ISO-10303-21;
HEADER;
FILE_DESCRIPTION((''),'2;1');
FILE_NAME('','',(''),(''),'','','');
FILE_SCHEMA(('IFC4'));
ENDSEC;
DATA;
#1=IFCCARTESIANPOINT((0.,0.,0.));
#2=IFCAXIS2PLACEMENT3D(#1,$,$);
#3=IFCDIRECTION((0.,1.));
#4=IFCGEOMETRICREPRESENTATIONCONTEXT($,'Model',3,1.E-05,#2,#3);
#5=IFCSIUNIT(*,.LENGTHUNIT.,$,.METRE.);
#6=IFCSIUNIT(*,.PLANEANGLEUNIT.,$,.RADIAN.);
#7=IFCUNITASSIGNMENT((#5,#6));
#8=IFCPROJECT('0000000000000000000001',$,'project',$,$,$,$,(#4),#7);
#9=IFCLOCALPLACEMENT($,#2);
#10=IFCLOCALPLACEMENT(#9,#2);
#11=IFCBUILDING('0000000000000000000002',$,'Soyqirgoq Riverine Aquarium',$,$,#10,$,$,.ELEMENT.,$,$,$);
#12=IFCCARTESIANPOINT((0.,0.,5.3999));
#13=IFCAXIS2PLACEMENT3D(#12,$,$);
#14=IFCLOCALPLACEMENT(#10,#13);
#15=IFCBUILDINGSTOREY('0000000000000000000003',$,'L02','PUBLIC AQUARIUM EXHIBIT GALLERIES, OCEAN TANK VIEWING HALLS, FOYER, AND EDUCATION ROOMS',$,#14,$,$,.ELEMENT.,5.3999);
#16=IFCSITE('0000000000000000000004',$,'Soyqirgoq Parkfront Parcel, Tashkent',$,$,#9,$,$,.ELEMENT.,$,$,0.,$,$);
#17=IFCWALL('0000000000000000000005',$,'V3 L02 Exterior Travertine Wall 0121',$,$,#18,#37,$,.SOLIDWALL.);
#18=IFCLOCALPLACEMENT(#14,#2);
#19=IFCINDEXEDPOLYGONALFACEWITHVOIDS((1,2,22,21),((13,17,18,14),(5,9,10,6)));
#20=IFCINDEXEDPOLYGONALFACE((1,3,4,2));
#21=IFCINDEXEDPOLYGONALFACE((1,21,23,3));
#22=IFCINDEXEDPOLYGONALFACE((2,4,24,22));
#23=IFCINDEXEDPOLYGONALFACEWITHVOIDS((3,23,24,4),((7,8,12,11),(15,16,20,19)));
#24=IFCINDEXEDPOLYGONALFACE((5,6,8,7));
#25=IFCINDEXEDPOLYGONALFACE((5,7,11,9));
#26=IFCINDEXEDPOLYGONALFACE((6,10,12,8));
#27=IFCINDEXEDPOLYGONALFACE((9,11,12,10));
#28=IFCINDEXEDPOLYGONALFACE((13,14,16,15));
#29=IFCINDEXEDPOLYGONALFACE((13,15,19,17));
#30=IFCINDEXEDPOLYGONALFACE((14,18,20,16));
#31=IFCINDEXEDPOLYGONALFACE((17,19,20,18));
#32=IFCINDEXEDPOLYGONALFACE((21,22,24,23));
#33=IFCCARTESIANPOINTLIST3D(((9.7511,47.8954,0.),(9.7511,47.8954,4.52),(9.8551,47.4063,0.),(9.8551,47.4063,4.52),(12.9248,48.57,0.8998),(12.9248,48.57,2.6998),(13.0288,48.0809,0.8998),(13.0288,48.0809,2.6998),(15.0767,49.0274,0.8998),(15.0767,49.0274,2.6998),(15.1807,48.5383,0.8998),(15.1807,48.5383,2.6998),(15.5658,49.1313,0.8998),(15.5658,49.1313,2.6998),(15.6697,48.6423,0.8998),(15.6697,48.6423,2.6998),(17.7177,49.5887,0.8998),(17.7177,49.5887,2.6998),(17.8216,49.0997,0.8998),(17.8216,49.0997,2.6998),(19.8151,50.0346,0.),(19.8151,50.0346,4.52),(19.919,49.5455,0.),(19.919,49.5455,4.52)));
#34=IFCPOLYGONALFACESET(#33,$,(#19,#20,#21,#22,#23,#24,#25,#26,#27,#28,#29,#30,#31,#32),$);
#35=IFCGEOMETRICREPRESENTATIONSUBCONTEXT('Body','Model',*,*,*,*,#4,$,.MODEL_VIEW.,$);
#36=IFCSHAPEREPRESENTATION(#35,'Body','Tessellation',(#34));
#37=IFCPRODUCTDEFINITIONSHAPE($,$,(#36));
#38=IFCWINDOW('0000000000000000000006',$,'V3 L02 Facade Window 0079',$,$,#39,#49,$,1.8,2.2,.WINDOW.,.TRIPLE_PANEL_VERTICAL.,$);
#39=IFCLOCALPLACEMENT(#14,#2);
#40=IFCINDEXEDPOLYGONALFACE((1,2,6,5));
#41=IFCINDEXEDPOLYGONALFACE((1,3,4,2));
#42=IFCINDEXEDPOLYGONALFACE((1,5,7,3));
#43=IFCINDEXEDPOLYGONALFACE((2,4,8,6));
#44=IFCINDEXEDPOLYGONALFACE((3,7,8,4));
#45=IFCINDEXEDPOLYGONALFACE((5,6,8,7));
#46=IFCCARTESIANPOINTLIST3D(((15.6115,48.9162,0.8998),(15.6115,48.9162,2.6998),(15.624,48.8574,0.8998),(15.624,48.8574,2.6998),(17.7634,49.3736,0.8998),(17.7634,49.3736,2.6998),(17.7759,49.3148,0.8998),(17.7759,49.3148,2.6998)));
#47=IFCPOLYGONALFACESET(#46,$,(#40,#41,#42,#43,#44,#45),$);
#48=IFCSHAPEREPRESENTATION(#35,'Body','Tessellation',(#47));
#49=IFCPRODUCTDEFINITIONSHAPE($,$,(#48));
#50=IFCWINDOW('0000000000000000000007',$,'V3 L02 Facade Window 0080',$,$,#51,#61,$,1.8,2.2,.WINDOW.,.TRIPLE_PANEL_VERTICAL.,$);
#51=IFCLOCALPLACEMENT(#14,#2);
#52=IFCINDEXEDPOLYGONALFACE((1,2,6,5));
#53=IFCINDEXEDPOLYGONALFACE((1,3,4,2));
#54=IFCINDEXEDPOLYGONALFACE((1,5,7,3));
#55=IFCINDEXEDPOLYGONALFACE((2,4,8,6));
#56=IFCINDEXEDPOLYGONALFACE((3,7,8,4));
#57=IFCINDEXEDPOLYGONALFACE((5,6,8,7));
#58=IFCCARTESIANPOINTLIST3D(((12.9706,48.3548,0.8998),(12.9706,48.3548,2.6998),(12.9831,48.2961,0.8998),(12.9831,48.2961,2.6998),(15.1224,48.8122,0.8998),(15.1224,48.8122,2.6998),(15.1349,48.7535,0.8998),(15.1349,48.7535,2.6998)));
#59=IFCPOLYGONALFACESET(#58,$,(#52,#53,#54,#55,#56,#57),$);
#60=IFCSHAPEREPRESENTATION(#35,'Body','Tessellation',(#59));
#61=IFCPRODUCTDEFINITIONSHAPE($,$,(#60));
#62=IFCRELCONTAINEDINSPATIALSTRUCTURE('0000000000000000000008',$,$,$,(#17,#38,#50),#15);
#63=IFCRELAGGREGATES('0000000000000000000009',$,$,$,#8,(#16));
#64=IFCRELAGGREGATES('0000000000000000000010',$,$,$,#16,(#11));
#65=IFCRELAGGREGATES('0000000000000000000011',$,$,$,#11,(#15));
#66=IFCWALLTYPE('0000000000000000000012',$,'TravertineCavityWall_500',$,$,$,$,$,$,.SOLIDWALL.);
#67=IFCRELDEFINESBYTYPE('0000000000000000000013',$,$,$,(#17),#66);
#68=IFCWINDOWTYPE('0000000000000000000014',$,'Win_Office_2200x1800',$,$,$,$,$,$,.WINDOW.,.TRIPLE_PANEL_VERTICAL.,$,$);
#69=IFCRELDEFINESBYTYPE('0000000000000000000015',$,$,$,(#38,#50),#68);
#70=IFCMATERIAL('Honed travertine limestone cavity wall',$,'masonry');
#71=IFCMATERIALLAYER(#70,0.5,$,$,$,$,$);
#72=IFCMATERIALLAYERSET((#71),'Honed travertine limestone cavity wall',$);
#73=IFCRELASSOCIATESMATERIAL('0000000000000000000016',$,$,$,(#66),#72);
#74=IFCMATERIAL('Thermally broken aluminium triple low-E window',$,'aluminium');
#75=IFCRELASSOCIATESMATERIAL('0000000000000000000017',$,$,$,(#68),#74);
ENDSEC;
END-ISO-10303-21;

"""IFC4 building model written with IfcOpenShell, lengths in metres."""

from ifc_helpers import new_model, si_unit, direction, frame, frame_2d, origin, place, context, subcontext, project, spatial, rectangle, extrude, material, layer, layer_set, type_object, element, fill, save


model = new_model("IFC4")

# Units and contexts
model_context = context("Model", 3, precision=1e-05, world=origin(), true_north=direction((0.0, 1.0)))
body_context = subcontext(model_context, "Body", "Model", "MODEL_VIEW")
ifc_project = project(units=[si_unit("LENGTHUNIT", "METRE"), si_unit("PLANEANGLEUNIT", "RADIAN")], contexts=[model_context])

# Site, building, storey
site_placement = place(None, origin())
site = spatial("IfcSite", under=ifc_project, at=site_placement, Name="Soyqirgoq Parkfront Parcel, Tashkent", CompositionType="ELEMENT", RefElevation=0.0)
building_placement = place(site_placement, origin())
building = spatial("IfcBuilding", under=site, at=building_placement, Name="Soyqirgoq Riverine Aquarium", CompositionType="ELEMENT")
storey_placement = place(building_placement, frame((0.0, 0.0, 5.3999)))
storey = spatial("IfcBuildingStorey", under=building, at=storey_placement, Name="L02", Description="PUBLIC AQUARIUM EXHIBIT GALLERIES, OCEAN TANK VIEWING HALLS, FOYER, AND EDUCATION ROOMS", CompositionType="ELEMENT", Elevation=5.3999)

# Wall, openings, windows
ifc_material_1 = material(Name="Honed travertine limestone cavity wall", Category="masonry")
ifc_layer_1 = layer(ifc_material_1, 0.5)
ifc_layer_set_1 = layer_set([ifc_layer_1], Name="Honed travertine limestone cavity wall")
wall_type_1 = type_object("IfcWallType", Name="TravertineCavityWall_500", PredefinedType="SOLIDWALL", material=ifc_layer_set_1)
wall_1_placement = place(storey_placement, frame((19.8672, 49.79, 0.0), z_axis=(0.0, 0.0, 1.0), x_axis=(-0.978148, -0.207912, 0.0)))
wall_1 = element("IfcWall", 1, at=wall_1_placement, inside=storey, type_object=wall_type_1, Name="V3 L02 Exterior Travertine Wall 0121", PredefinedType="SOLIDWALL", context=body_context, shape_type="SweptSolid", body=[
    extrude(rectangle(XDim=10.2888, YDim=0.5, at=frame_2d((5.1445, 0.0))), origin(), (0.0, 0.0, 1.0), 4.52),
])
opening_1_placement = place(wall_1_placement, frame((2.1443, 0.0, 0.8999)))
opening_1 = element("IfcOpeningElement", 2, at=opening_1_placement, cuts=wall_1, PredefinedType="OPENING", context=body_context, shape_type="SweptSolid", body=[
    extrude(rectangle(XDim=2.2, YDim=1.8, at=frame_2d((1.1001, 0.8999))), frame((0.0, 0.26, 0.0), z_axis=(0.0, -1.0, 0.0), x_axis=(1.0, 0.0, 0.0)), (0.0, 0.0, 1.0), 0.52),
])
opening_2_placement = place(wall_1_placement, frame((4.8442, 0.0, 0.8999)))
opening_2 = element("IfcOpeningElement", 3, at=opening_2_placement, cuts=wall_1, PredefinedType="OPENING", context=body_context, shape_type="SweptSolid", body=[
    extrude(rectangle(XDim=2.2, YDim=1.8, at=frame_2d((1.1001, 0.8999))), frame((0.0, 0.26, 0.0), z_axis=(0.0, -1.0, 0.0), x_axis=(1.0, 0.0, 0.0)), (0.0, 0.0, 1.0), 0.52),
])
ifc_material_2 = material(Name="Thermally broken aluminium triple low-E window", Category="aluminium")
window_type_1 = type_object("IfcWindowType", Name="Win_Office_2200x1800", PartitioningType="TRIPLE_PANEL_VERTICAL", PredefinedType="WINDOW", material=ifc_material_2)
window_1_placement = place(opening_1_placement, origin())
window_1 = element("IfcWindow", 4, at=window_1_placement, inside=storey, type_object=window_type_1, Name="V3 L02 Facade Window 0079", OverallHeight=1.8, OverallWidth=2.2, PartitioningType="TRIPLE_PANEL_VERTICAL", PredefinedType="WINDOW", context=body_context, shape_type="SweptSolid", body=[
    extrude(rectangle(XDim=2.2, YDim=1.8, at=frame_2d((1.1001, 0.8999))), frame((0.0, 0.03, 0.0), z_axis=(0.0, -1.0, 0.0), x_axis=(1.0, 0.0, 0.0)), (0.0, 0.0, 1.0), 0.0601),
])
fill(opening_1, window_1)
window_2_placement = place(opening_2_placement, origin())
window_2 = element("IfcWindow", 5, at=window_2_placement, inside=storey, type_object=window_type_1, Name="V3 L02 Facade Window 0080", OverallHeight=1.8, OverallWidth=2.2, PartitioningType="TRIPLE_PANEL_VERTICAL", PredefinedType="WINDOW", context=body_context, shape_type="SweptSolid", body=[
    extrude(rectangle(XDim=2.2, YDim=1.8, at=frame_2d((1.1001, 0.8999))), frame((0.0, 0.03, 0.0), z_axis=(0.0, -1.0, 0.0), x_axis=(1.0, 0.0, 0.0)), (0.0, 0.0, 1.0), 0.0601),
])
fill(opening_2, window_2)

save(model, "model.ifc")
